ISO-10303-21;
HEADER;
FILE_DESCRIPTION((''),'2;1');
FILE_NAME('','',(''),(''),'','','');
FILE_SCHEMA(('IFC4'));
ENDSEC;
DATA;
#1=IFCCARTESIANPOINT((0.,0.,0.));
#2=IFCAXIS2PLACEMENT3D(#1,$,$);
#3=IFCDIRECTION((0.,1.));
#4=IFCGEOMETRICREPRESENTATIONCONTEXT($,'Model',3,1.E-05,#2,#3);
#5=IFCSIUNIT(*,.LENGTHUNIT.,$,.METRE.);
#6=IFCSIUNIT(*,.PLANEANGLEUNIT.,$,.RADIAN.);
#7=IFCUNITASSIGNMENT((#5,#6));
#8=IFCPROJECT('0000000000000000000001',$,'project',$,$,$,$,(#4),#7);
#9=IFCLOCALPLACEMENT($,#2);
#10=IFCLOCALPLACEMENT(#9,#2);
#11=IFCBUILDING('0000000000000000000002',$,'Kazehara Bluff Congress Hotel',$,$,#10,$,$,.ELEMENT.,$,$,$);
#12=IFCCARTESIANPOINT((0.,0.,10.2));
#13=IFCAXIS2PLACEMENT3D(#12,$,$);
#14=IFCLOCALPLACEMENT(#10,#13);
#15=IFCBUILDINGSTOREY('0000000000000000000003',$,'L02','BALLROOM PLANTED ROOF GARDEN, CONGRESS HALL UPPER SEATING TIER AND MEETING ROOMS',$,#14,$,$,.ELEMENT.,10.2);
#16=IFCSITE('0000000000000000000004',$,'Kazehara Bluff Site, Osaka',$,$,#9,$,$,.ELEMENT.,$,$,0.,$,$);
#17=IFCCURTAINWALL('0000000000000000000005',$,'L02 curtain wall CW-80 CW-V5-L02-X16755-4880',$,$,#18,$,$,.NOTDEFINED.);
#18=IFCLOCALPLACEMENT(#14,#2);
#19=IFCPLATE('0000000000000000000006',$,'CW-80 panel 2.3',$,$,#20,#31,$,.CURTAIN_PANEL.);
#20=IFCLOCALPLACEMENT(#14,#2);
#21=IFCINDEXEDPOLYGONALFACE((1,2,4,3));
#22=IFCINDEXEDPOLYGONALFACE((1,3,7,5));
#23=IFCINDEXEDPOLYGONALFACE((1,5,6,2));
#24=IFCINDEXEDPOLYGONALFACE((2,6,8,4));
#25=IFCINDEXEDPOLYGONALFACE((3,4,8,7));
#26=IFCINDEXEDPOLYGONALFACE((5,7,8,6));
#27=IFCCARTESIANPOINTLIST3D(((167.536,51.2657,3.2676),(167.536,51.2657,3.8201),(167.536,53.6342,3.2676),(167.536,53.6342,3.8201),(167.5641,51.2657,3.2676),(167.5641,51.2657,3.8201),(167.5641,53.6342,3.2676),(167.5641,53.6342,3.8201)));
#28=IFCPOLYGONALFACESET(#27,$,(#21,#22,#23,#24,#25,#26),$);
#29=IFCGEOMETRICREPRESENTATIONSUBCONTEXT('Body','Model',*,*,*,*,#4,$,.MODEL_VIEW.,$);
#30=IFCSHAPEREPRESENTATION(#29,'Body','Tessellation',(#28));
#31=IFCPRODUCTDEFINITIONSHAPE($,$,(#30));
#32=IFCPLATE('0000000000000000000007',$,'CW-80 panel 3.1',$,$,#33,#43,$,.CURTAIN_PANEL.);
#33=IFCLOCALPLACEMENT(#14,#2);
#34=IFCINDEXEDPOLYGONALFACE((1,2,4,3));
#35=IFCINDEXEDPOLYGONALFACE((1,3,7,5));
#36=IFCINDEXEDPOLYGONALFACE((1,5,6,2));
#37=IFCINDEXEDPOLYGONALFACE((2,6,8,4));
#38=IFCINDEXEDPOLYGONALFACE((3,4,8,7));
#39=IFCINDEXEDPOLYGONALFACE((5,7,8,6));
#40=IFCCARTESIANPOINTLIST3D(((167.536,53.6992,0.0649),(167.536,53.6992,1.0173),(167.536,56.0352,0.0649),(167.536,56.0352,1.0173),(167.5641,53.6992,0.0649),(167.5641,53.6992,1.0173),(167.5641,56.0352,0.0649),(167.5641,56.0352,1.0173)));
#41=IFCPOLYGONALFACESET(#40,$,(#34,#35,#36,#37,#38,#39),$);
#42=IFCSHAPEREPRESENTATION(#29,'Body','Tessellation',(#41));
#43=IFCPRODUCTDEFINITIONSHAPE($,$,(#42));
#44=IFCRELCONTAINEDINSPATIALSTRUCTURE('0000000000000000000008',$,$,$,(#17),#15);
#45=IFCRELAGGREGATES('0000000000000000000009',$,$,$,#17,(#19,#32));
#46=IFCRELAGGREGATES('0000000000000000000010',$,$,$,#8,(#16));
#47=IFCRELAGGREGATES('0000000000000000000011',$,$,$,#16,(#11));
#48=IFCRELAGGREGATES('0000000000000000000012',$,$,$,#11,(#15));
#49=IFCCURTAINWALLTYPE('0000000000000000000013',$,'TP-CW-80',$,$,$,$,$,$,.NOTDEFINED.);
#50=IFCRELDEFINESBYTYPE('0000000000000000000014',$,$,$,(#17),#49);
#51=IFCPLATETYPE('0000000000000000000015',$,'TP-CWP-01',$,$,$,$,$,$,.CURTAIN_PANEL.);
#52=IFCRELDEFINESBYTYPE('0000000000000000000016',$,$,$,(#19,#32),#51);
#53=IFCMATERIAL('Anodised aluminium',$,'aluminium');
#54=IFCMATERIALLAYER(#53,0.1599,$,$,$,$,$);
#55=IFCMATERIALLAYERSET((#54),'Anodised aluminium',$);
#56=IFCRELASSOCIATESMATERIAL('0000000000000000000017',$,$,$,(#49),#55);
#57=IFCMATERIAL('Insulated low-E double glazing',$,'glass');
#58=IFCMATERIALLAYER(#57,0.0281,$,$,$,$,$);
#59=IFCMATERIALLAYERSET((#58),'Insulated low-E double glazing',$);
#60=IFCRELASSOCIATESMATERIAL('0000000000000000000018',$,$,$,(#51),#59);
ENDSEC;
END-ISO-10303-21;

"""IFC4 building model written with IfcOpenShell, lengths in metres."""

from ifc_helpers import new_model, si_unit, direction, frame, origin, origin_2d, place, context, subcontext, project, spatial, rectangle, extrude, material, layer, layer_set, type_object, element, aggregate, save


model = new_model("IFC4")

# Units and contexts
model_context = context("Model", 3, precision=1e-05, world=origin(), true_north=direction((0.0, 1.0)))
body_context = subcontext(model_context, "Body", "Model", "MODEL_VIEW")
ifc_project = project(units=[si_unit("LENGTHUNIT", "METRE"), si_unit("PLANEANGLEUNIT", "RADIAN")], contexts=[model_context])

# Site, building, storey
site_placement = place(None, origin())
site = spatial("IfcSite", under=ifc_project, at=site_placement, Name="Kazehara Bluff Site, Osaka", CompositionType="ELEMENT", RefElevation=0.0)
building_placement = place(site_placement, origin())
building = spatial("IfcBuilding", under=site, at=building_placement, Name="Kazehara Bluff Congress Hotel", CompositionType="ELEMENT")
storey_placement = place(building_placement, frame((0.0, 0.0, 10.2)))
storey = spatial("IfcBuildingStorey", under=building, at=storey_placement, Name="L02", Description="BALLROOM PLANTED ROOF GARDEN, CONGRESS HALL UPPER SEATING TIER AND MEETING ROOMS", CompositionType="ELEMENT", Elevation=10.2)

# Curtain wall
ifc_material_1 = material(Name="Anodised aluminium", Category="aluminium")
ifc_layer_1 = layer(ifc_material_1, 0.1599)
ifc_layer_set_1 = layer_set([ifc_layer_1], Name="Anodised aluminium")
curtain_wall_type_1 = type_object("IfcCurtainWallType", Name="TP-CW-80", PredefinedType="NOTDEFINED", material=ifc_layer_set_1)
curtain_wall_1_placement = place(storey_placement, origin())
curtain_wall_1 = element("IfcCurtainWall", 1, at=curtain_wall_1_placement, inside=storey, type_object=curtain_wall_type_1, Name="L02 curtain wall CW-80 CW-V5-L02-X16755-4880", PredefinedType="NOTDEFINED")

# Plates
ifc_material_2 = material(Name="Insulated low-E double glazing", Category="glass")
ifc_layer_2 = layer(ifc_material_2, 0.0281)
ifc_layer_set_2 = layer_set([ifc_layer_2], Name="Insulated low-E double glazing")
plate_type = type_object("IfcPlateType", Name="TP-CWP-01", PredefinedType="CURTAIN_PANEL", material=ifc_layer_set_2)
plate_1_placement = place(storey_placement, frame((167.55, 52.45, 3.2676), z_axis=(0.0, 0.0, 1.0), x_axis=(0.0, 1.0, 0.0)))
plate_1 = element("IfcPlate", 2, at=plate_1_placement, type_object=plate_type, Name="CW-80 panel 2.3", PredefinedType="CURTAIN_PANEL", context=body_context, shape_type="SweptSolid", body=[
    extrude(rectangle(XDim=2.3684, YDim=0.0281, at=origin_2d()), origin(), (0.0, 0.0, 1.0), 0.5525),
])
plate_2_placement = place(storey_placement, frame((167.55, 54.8672, 0.0649), z_axis=(0.0, 0.0, 1.0), x_axis=(0.0, 1.0, 0.0)))
plate_2 = element("IfcPlate", 3, at=plate_2_placement, type_object=plate_type, Name="CW-80 panel 3.1", PredefinedType="CURTAIN_PANEL", context=body_context, shape_type="SweptSolid", body=[
    extrude(rectangle(XDim=2.3359, YDim=0.0281, at=origin_2d()), origin(), (0.0, 0.0, 1.0), 0.9524),
])
aggregate(curtain_wall_1, [plate_1, plate_2])

save(model, "model.ifc")
